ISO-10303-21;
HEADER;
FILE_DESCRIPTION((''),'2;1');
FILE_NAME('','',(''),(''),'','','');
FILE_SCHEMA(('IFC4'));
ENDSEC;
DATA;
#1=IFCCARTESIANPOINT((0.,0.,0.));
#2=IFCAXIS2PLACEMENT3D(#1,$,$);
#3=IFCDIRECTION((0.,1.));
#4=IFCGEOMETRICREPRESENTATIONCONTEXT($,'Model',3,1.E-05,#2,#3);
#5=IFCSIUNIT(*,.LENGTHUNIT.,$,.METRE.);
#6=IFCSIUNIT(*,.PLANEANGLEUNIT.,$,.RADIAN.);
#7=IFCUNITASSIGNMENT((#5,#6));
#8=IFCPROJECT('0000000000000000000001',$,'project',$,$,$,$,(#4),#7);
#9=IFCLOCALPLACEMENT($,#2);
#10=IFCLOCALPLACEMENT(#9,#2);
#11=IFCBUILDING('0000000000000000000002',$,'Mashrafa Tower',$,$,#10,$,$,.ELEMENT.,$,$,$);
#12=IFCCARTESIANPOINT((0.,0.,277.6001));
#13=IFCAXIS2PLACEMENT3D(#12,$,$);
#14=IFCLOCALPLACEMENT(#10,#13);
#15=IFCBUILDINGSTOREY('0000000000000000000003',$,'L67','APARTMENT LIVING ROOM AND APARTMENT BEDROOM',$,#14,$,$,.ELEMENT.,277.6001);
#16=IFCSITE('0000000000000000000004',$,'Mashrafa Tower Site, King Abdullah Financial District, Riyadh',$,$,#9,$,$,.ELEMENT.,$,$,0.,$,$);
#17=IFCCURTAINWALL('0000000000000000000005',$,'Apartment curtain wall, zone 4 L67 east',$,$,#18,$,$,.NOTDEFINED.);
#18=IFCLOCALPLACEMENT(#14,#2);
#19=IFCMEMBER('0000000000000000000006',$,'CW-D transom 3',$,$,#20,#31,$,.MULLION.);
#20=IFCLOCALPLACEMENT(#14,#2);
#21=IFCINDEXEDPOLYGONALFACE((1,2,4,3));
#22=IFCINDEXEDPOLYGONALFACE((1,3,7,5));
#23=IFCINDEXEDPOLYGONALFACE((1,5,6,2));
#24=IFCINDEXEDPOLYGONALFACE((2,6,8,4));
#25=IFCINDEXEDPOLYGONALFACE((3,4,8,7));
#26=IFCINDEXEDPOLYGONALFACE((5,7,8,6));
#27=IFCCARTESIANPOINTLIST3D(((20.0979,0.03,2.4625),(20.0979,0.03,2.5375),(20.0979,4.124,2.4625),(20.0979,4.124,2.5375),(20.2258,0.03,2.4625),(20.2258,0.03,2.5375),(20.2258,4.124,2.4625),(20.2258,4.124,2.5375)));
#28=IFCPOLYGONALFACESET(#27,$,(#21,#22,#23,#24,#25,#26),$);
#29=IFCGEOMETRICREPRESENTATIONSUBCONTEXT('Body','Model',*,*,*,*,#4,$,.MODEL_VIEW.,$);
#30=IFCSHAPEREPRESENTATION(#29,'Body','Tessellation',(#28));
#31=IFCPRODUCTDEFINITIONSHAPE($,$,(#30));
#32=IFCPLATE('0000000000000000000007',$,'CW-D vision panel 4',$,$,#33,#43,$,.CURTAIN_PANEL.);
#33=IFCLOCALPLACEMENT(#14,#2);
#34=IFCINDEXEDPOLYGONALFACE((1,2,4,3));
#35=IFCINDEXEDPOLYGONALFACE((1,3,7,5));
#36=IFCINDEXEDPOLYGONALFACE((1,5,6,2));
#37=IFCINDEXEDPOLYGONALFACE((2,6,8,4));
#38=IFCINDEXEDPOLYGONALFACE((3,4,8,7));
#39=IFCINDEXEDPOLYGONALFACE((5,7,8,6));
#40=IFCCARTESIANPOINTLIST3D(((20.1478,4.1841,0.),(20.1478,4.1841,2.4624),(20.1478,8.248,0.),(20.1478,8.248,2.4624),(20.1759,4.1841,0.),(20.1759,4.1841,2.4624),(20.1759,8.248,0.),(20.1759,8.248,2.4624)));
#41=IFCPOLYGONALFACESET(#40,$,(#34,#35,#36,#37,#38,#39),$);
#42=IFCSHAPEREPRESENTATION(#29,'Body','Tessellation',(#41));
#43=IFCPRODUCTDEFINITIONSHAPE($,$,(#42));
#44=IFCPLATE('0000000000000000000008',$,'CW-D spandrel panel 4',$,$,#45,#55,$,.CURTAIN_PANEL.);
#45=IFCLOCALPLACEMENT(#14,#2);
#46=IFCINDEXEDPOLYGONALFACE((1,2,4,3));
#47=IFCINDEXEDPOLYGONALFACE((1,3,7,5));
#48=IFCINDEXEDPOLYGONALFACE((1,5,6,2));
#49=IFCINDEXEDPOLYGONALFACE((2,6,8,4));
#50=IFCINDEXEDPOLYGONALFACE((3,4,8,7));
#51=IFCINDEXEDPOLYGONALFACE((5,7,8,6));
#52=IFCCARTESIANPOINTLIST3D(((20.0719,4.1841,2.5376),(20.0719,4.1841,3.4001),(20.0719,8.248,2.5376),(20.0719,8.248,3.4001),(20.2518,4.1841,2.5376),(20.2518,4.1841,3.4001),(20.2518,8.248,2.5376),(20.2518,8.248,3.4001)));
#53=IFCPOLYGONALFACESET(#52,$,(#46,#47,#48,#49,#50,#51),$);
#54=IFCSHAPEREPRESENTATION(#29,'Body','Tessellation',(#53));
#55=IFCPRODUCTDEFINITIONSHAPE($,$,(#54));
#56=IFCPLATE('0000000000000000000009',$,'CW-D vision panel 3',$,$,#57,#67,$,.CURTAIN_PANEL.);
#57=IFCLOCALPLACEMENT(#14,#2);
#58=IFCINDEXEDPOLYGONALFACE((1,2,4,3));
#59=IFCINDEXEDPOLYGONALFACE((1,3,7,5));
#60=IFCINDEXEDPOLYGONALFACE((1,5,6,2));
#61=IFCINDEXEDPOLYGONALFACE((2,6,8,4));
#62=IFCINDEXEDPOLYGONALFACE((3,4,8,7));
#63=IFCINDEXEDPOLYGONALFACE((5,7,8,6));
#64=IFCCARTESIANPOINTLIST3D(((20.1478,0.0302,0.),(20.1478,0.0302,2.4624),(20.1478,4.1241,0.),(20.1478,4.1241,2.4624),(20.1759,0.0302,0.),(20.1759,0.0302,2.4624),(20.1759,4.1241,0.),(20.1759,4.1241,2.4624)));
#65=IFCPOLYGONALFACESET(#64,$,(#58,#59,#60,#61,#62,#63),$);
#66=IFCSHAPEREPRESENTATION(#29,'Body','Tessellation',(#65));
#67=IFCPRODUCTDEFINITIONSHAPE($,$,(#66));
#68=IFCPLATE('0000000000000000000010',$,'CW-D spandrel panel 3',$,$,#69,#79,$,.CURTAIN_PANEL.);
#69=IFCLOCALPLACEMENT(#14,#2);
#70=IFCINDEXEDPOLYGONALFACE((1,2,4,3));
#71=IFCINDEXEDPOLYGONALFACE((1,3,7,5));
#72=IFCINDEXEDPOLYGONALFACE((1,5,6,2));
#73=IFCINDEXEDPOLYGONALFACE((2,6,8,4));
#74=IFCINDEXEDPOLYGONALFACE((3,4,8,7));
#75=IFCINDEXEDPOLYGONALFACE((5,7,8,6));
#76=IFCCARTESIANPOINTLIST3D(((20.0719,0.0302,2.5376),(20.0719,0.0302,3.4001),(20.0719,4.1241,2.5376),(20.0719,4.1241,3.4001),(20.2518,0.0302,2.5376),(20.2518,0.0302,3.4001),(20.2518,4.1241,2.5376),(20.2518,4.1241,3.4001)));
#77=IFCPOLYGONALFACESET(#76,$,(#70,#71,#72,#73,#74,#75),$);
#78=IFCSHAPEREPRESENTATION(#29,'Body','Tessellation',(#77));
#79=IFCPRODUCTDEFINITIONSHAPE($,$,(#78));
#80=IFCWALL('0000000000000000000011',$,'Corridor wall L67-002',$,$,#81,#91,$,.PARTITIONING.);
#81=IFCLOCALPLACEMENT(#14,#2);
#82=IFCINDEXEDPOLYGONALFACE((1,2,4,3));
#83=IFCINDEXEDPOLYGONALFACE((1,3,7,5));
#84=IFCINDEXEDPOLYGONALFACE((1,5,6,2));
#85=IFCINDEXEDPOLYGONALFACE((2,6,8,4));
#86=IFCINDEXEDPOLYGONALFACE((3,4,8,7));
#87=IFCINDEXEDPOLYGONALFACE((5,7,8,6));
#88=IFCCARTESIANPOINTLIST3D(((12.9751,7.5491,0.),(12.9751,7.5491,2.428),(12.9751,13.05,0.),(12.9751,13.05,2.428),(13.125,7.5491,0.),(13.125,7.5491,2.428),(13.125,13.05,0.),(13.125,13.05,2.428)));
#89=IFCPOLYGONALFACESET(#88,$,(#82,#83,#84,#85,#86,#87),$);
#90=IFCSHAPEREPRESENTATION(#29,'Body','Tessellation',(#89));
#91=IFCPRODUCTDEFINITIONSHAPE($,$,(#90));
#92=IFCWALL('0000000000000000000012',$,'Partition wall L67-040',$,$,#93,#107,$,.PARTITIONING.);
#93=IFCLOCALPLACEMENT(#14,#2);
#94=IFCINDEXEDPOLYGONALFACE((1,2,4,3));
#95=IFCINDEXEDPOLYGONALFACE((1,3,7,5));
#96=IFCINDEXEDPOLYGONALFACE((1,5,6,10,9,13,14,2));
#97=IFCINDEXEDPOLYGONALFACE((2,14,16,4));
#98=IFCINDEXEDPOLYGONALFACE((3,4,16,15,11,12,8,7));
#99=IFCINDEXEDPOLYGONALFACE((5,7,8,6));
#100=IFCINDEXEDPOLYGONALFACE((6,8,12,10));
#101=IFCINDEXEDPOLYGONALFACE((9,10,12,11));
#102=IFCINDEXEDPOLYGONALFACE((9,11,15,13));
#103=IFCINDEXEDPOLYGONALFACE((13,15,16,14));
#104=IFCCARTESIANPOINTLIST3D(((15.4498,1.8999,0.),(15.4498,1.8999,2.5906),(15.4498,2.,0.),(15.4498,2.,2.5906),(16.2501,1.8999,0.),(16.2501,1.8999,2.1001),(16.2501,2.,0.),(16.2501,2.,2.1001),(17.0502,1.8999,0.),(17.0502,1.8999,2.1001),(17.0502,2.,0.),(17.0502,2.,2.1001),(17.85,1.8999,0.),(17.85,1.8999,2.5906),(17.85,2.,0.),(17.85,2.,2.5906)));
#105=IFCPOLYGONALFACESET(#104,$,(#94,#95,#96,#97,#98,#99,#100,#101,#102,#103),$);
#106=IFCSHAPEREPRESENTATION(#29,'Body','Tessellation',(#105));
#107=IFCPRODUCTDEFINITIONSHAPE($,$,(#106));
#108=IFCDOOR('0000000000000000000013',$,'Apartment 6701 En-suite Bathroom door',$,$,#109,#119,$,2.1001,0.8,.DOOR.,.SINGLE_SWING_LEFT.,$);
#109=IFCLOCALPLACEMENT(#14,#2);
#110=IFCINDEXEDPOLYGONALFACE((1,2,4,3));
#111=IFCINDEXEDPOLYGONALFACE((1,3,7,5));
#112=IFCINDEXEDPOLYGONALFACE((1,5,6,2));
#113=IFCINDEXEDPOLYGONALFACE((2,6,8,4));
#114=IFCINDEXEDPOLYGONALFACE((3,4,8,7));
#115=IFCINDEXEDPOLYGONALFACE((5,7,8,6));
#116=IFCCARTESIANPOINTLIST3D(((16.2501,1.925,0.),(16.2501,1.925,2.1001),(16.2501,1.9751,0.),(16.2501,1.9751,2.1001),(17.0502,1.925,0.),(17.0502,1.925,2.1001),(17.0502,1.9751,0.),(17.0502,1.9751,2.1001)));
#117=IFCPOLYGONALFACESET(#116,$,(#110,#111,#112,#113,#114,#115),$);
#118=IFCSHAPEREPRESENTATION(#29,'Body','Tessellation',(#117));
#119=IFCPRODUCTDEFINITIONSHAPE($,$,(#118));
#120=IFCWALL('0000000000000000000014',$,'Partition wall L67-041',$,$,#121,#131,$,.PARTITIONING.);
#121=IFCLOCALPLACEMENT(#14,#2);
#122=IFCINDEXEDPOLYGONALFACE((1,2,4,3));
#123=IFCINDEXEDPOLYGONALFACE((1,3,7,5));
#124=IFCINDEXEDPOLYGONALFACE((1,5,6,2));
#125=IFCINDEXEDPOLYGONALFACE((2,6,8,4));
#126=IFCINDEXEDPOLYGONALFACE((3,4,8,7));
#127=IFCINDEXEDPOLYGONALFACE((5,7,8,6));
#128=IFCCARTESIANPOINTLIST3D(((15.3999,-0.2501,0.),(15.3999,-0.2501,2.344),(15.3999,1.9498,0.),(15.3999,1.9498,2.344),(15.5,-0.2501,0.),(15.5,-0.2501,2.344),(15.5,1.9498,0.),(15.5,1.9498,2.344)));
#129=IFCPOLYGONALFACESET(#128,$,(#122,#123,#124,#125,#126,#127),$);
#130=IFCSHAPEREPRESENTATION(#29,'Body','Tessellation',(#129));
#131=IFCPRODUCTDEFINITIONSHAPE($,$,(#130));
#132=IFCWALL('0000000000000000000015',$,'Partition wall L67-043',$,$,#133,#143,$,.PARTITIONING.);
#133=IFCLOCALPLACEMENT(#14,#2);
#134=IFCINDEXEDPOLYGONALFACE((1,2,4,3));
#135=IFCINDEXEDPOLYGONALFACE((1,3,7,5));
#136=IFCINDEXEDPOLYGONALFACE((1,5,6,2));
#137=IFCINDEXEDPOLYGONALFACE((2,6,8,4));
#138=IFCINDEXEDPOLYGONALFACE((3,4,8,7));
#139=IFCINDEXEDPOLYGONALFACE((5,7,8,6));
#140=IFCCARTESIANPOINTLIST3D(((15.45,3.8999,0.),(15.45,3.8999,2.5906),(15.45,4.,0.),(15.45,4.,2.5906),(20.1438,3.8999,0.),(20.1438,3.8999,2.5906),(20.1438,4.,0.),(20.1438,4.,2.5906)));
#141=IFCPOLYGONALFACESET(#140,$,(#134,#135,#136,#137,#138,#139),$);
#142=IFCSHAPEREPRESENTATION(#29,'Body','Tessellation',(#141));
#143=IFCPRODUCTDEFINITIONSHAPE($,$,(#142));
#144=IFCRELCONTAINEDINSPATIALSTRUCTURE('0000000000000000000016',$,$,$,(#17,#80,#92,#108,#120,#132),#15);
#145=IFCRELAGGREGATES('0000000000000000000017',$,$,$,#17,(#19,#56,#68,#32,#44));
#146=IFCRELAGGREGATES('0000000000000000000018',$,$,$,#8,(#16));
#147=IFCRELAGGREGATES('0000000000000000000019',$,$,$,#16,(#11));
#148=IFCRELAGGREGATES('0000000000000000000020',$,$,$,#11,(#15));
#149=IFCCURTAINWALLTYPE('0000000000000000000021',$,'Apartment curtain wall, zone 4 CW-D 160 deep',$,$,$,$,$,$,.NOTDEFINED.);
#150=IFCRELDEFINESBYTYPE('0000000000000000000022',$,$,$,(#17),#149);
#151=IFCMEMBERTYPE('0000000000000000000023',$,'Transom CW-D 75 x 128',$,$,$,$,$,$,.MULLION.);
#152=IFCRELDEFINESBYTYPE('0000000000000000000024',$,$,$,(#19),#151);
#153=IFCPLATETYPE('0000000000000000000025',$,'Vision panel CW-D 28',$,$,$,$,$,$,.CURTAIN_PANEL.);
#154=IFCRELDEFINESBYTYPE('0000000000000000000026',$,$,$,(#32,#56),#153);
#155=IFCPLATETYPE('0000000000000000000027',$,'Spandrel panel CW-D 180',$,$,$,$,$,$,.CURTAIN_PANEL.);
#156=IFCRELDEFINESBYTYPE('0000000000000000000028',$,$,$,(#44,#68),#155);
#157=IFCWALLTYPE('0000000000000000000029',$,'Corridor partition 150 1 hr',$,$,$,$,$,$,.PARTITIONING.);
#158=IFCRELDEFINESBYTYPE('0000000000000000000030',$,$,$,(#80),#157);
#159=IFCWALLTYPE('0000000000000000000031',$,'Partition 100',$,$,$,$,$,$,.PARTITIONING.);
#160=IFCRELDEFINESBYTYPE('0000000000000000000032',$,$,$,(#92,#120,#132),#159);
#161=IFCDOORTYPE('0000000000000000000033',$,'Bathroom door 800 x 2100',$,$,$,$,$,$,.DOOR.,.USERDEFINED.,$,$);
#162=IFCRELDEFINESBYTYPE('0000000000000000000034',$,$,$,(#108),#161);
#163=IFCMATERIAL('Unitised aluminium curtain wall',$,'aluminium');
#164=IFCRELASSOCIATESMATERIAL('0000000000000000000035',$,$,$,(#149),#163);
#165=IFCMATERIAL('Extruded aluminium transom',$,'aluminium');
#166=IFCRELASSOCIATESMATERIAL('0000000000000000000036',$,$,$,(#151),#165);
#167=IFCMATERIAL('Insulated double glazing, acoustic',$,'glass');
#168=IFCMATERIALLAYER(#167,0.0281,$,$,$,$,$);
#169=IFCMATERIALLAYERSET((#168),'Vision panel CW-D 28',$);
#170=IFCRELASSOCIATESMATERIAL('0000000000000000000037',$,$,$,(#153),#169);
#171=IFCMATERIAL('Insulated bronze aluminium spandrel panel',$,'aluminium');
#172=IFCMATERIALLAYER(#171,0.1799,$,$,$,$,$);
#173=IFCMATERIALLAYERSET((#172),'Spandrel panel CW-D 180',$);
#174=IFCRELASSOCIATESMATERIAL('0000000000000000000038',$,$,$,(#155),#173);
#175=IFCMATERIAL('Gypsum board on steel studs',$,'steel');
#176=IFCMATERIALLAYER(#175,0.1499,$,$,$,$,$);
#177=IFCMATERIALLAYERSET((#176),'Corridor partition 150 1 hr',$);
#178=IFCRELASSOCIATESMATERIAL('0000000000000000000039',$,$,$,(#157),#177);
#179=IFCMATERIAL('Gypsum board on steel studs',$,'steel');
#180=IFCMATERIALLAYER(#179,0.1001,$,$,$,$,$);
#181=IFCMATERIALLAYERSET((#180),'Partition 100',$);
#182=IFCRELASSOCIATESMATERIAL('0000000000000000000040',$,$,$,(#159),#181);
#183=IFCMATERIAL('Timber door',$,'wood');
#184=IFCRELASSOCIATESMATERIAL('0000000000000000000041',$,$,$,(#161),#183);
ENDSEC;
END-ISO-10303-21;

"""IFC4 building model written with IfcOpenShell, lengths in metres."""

from ifc_helpers import new_model, si_unit, direction, frame, frame_2d, origin, origin_2d, place, context, subcontext, project, spatial, rectangle, extrude, source, transform, mapped, material, layer, layer_set, material_profile, profile_set, type_object, type_shapes, element, fill, aggregate, save


model = new_model("IFC4")

# Units and contexts
model_context = context("Model", 3, precision=1e-05, world=origin(), true_north=direction((0.0, 1.0)))
body_context = subcontext(model_context, "Body", "Model", "MODEL_VIEW")
ifc_project = project(units=[si_unit("LENGTHUNIT", "METRE"), si_unit("PLANEANGLEUNIT", "RADIAN")], contexts=[model_context])

# Site, building, storey
site_placement = place(None, origin())
site = spatial("IfcSite", under=ifc_project, at=site_placement, Name="Mashrafa Tower Site, King Abdullah Financial District, Riyadh", CompositionType="ELEMENT", RefElevation=0.0)
building_placement = place(site_placement, origin())
building = spatial("IfcBuilding", under=site, at=building_placement, Name="Mashrafa Tower", CompositionType="ELEMENT")
storey_placement = place(building_placement, frame((0.0, 0.0, 277.6001)))
storey = spatial("IfcBuildingStorey", under=building, at=storey_placement, Name="L67", Description="APARTMENT LIVING ROOM AND APARTMENT BEDROOM", CompositionType="ELEMENT", Elevation=277.6001)

# Curtain wall, member, plates
ifc_material_1 = material(Name="Unitised aluminium curtain wall", Category="aluminium")
curtain_wall_type = type_object("IfcCurtainWallType", Name="Apartment curtain wall, zone 4 CW-D 160 deep", PredefinedType="NOTDEFINED", material=ifc_material_1)
curtain_wall_placement = place(storey_placement, origin())
curtain_wall = element("IfcCurtainWall", 1, at=curtain_wall_placement, inside=storey, type_object=curtain_wall_type, Name="Apartment curtain wall, zone 4 L67 east", PredefinedType="NOTDEFINED")
ifc_material_2 = material(Name="Extruded aluminium transom", Category="aluminium")
ifc_material_profile_1 = material_profile(ifc_material_2, rectangle(XDim=0.1279, YDim=0.075, at=origin_2d()), Name="Transom 75x128")
ifc_profile_set_1 = profile_set([ifc_material_profile_1], Name="Extruded aluminium transom")
member_type_1 = type_object("IfcMemberType", Name="Transom CW-D 75 x 128", PredefinedType="MULLION", material=ifc_profile_set_1)
shared_shape_1 = source(origin(), body_context, "Body", "SweptSolid", [
    extrude(rectangle(XDim=0.1279, YDim=0.075, at=origin_2d()), origin(), (0.0, 0.0, 1.0), 4.094),
])
member_1_placement = place(storey_placement, frame((20.1619, 0.03, 2.5), z_axis=(0.0, 1.0, 0.0), x_axis=(-1.0, 0.0, 0.0)))
member_1 = element("IfcMember", 2, at=member_1_placement, type_object=member_type_1, Name="CW-D transom 3", PredefinedType="MULLION", context=body_context, shape_type="MappedRepresentation", body=[
    mapped(shared_shape_1, transform((0.0, 0.0, 0.0))),
])
ifc_material_3 = material(Name="Insulated double glazing, acoustic", Category="glass")
ifc_layer_1 = layer(ifc_material_3, 0.0281)
ifc_layer_set_1 = layer_set([ifc_layer_1], Name="Vision panel CW-D 28")
plate_type_1 = type_object("IfcPlateType", Name="Vision panel CW-D 28", PredefinedType="CURTAIN_PANEL", material=ifc_layer_set_1)
shared_shape_2 = source(origin(), body_context, "Body", "SweptSolid", [
    extrude(rectangle(XDim=4.064, YDim=0.0281, at=origin_2d()), origin(), (0.0, 0.0, 1.0), 2.4624),
])
plate_1_placement = place(storey_placement, frame((20.1619, 6.2161, 0.0), z_axis=(0.0, 0.0, 1.0), x_axis=(0.0, 1.0, 0.0)))
plate_1 = element("IfcPlate", 3, at=plate_1_placement, type_object=plate_type_1, Name="CW-D vision panel 4", PredefinedType="CURTAIN_PANEL", context=body_context, shape_type="MappedRepresentation", body=[
    mapped(shared_shape_2, transform((0.0, 0.0, 0.0))),
])
ifc_material_4 = material(Name="Insulated bronze aluminium spandrel panel", Category="aluminium")
ifc_layer_2 = layer(ifc_material_4, 0.1799)
ifc_layer_set_2 = layer_set([ifc_layer_2], Name="Spandrel panel CW-D 180")
plate_type_2 = type_object("IfcPlateType", Name="Spandrel panel CW-D 180", PredefinedType="CURTAIN_PANEL", material=ifc_layer_set_2)
shared_shape_3 = source(origin(), body_context, "Body", "SweptSolid", [
    extrude(rectangle(XDim=4.064, YDim=0.1799, at=origin_2d()), origin(), (0.0, 0.0, 1.0), 0.8625),
])
plate_2_placement = place(storey_placement, frame((20.1619, 6.2161, 2.5376), z_axis=(0.0, 0.0, 1.0), x_axis=(0.0, 1.0, 0.0)))
plate_2 = element("IfcPlate", 4, at=plate_2_placement, type_object=plate_type_2, Name="CW-D spandrel panel 4", PredefinedType="CURTAIN_PANEL", context=body_context, shape_type="MappedRepresentation", body=[
    mapped(shared_shape_3, transform((0.0, 0.0, 0.0))),
])
shared_shape_4 = source(origin(), body_context, "Body", "SweptSolid", [
    extrude(rectangle(XDim=4.094, YDim=0.0281, at=origin_2d()), origin(), (0.0, 0.0, 1.0), 2.4624),
])
type_shapes(plate_type_1, [shared_shape_2, shared_shape_4])
plate_3_placement = place(storey_placement, frame((20.1619, 2.0771, 0.0), z_axis=(0.0, 0.0, 1.0), x_axis=(0.0, 1.0, 0.0)))
plate_3 = element("IfcPlate", 5, at=plate_3_placement, type_object=plate_type_1, Name="CW-D vision panel 3", PredefinedType="CURTAIN_PANEL", context=body_context, shape_type="MappedRepresentation", body=[
    mapped(shared_shape_4, transform((0.0, 0.0, 0.0))),
])
shared_shape_5 = source(origin(), body_context, "Body", "SweptSolid", [
    extrude(rectangle(XDim=4.094, YDim=0.1799, at=origin_2d()), origin(), (0.0, 0.0, 1.0), 0.8625),
])
type_shapes(plate_type_2, [shared_shape_3, shared_shape_5])
plate_4_placement = place(storey_placement, frame((20.1619, 2.0771, 2.5376), z_axis=(0.0, 0.0, 1.0), x_axis=(0.0, 1.0, 0.0)))
plate_4 = element("IfcPlate", 6, at=plate_4_placement, type_object=plate_type_2, Name="CW-D spandrel panel 3", PredefinedType="CURTAIN_PANEL", context=body_context, shape_type="MappedRepresentation", body=[
    mapped(shared_shape_5, transform((0.0, 0.0, 0.0))),
])
aggregate(curtain_wall, [member_1, plate_3, plate_4, plate_1, plate_2])

# Wall
ifc_material_5 = material(Name="Gypsum board on steel studs", Category="steel")
ifc_layer_3 = layer(ifc_material_5, 0.1499)
ifc_layer_set_3 = layer_set([ifc_layer_3], Name="Corridor partition 150 1 hr")
wall_type_1 = type_object("IfcWallType", Name="Corridor partition 150 1 hr", PredefinedType="PARTITIONING", material=ifc_layer_set_3)
wall_1_placement = place(storey_placement, frame((13.05, 7.5491, 0.0), z_axis=(0.0, 0.0, 1.0), x_axis=(0.0, 1.0, 0.0)))
element("IfcWall", 7, at=wall_1_placement, inside=storey, type_object=wall_type_1, Name="Corridor wall L67-002", PredefinedType="PARTITIONING", context=body_context, shape_type="SweptSolid", body=[
    extrude(rectangle(XDim=5.501, YDim=0.1499, at=frame_2d((2.7505, 0.0))), origin(), (0.0, 0.0, 1.0), 2.428),
])

# Wall, opening, door
ifc_material_6 = material(Name="Gypsum board on steel studs", Category="steel")
ifc_layer_4 = layer(ifc_material_6, 0.1001)
ifc_layer_set_4 = layer_set([ifc_layer_4], Name="Partition 100")
wall_type_2 = type_object("IfcWallType", Name="Partition 100", PredefinedType="PARTITIONING", material=ifc_layer_set_4)
wall_2_placement = place(storey_placement, frame((17.8501, 1.95, 0.0), z_axis=(0.0, 0.0, 1.0), x_axis=(-1.0, 0.0, 0.0)))
wall_2 = element("IfcWall", 8, at=wall_2_placement, inside=storey, type_object=wall_type_2, Name="Partition wall L67-040", PredefinedType="PARTITIONING", context=body_context, shape_type="SweptSolid", body=[
    extrude(rectangle(XDim=2.4001, YDim=0.1001, at=frame_2d((1.2002, 0.0))), origin(), (0.0, 0.0, 1.0), 2.5906),
])
opening_1_placement = place(wall_2_placement, frame((0.8, 0.0, 0.0)))
opening_1 = element("IfcOpeningElement", 9, at=opening_1_placement, cuts=wall_2, PredefinedType="OPENING", context=body_context, shape_type="SweptSolid", body=[
    extrude(rectangle(XDim=0.8, YDim=2.1001, at=frame_2d((0.3999, 1.05))), frame((0.0, 0.0601, 0.0), z_axis=(0.0, -1.0, 0.0), x_axis=(1.0, 0.0, 0.0)), (0.0, 0.0, 1.0), 0.1201),
])
ifc_material_7 = material(Name="Timber door", Category="wood")
door_type_1 = type_object("IfcDoorType", Name="Bathroom door 800 x 2100", OperationType="USERDEFINED", PredefinedType="DOOR", material=ifc_material_7)
door_1_placement = place(opening_1_placement, origin())
door_1 = element("IfcDoor", 10, at=door_1_placement, inside=storey, type_object=door_type_1, Name="Apartment 6701 En-suite Bathroom door", OperationType="SINGLE_SWING_LEFT", OverallHeight=2.1001, OverallWidth=0.8, PredefinedType="DOOR", context=body_context, shape_type="SweptSolid", body=[
    extrude(rectangle(XDim=0.8, YDim=2.1001, at=frame_2d((0.3999, 1.05))), frame((0.0, 0.0249, 0.0), z_axis=(0.0, -1.0, 0.0), x_axis=(1.0, 0.0, 0.0)), (0.0, 0.0, 1.0), 0.05),
])
fill(opening_1, door_1)

# Walls
wall_3_placement = place(storey_placement, frame((15.45, 1.95, 0.0), z_axis=(0.0, 0.0, 1.0), x_axis=(0.0, -1.0, 0.0)))
element("IfcWall", 11, at=wall_3_placement, inside=storey, type_object=wall_type_2, Name="Partition wall L67-041", PredefinedType="PARTITIONING", context=body_context, shape_type="SweptSolid", body=[
    extrude(rectangle(XDim=2.2, YDim=0.1001, at=frame_2d((1.1001, 0.0))), origin(), (0.0, 0.0, 1.0), 2.344),
])
wall_4_placement = place(storey_placement, frame((20.1438, 3.95, 0.0), z_axis=(0.0, 0.0, 1.0), x_axis=(-1.0, 0.0, 0.0)))
element("IfcWall", 12, at=wall_4_placement, inside=storey, type_object=wall_type_2, Name="Partition wall L67-043", PredefinedType="PARTITIONING", context=body_context, shape_type="SweptSolid", body=[
    extrude(rectangle(XDim=4.6938, YDim=0.1001, at=frame_2d((2.3469, 0.0))), origin(), (0.0, 0.0, 1.0), 2.5906),
])

save(model, "model.ifc")
